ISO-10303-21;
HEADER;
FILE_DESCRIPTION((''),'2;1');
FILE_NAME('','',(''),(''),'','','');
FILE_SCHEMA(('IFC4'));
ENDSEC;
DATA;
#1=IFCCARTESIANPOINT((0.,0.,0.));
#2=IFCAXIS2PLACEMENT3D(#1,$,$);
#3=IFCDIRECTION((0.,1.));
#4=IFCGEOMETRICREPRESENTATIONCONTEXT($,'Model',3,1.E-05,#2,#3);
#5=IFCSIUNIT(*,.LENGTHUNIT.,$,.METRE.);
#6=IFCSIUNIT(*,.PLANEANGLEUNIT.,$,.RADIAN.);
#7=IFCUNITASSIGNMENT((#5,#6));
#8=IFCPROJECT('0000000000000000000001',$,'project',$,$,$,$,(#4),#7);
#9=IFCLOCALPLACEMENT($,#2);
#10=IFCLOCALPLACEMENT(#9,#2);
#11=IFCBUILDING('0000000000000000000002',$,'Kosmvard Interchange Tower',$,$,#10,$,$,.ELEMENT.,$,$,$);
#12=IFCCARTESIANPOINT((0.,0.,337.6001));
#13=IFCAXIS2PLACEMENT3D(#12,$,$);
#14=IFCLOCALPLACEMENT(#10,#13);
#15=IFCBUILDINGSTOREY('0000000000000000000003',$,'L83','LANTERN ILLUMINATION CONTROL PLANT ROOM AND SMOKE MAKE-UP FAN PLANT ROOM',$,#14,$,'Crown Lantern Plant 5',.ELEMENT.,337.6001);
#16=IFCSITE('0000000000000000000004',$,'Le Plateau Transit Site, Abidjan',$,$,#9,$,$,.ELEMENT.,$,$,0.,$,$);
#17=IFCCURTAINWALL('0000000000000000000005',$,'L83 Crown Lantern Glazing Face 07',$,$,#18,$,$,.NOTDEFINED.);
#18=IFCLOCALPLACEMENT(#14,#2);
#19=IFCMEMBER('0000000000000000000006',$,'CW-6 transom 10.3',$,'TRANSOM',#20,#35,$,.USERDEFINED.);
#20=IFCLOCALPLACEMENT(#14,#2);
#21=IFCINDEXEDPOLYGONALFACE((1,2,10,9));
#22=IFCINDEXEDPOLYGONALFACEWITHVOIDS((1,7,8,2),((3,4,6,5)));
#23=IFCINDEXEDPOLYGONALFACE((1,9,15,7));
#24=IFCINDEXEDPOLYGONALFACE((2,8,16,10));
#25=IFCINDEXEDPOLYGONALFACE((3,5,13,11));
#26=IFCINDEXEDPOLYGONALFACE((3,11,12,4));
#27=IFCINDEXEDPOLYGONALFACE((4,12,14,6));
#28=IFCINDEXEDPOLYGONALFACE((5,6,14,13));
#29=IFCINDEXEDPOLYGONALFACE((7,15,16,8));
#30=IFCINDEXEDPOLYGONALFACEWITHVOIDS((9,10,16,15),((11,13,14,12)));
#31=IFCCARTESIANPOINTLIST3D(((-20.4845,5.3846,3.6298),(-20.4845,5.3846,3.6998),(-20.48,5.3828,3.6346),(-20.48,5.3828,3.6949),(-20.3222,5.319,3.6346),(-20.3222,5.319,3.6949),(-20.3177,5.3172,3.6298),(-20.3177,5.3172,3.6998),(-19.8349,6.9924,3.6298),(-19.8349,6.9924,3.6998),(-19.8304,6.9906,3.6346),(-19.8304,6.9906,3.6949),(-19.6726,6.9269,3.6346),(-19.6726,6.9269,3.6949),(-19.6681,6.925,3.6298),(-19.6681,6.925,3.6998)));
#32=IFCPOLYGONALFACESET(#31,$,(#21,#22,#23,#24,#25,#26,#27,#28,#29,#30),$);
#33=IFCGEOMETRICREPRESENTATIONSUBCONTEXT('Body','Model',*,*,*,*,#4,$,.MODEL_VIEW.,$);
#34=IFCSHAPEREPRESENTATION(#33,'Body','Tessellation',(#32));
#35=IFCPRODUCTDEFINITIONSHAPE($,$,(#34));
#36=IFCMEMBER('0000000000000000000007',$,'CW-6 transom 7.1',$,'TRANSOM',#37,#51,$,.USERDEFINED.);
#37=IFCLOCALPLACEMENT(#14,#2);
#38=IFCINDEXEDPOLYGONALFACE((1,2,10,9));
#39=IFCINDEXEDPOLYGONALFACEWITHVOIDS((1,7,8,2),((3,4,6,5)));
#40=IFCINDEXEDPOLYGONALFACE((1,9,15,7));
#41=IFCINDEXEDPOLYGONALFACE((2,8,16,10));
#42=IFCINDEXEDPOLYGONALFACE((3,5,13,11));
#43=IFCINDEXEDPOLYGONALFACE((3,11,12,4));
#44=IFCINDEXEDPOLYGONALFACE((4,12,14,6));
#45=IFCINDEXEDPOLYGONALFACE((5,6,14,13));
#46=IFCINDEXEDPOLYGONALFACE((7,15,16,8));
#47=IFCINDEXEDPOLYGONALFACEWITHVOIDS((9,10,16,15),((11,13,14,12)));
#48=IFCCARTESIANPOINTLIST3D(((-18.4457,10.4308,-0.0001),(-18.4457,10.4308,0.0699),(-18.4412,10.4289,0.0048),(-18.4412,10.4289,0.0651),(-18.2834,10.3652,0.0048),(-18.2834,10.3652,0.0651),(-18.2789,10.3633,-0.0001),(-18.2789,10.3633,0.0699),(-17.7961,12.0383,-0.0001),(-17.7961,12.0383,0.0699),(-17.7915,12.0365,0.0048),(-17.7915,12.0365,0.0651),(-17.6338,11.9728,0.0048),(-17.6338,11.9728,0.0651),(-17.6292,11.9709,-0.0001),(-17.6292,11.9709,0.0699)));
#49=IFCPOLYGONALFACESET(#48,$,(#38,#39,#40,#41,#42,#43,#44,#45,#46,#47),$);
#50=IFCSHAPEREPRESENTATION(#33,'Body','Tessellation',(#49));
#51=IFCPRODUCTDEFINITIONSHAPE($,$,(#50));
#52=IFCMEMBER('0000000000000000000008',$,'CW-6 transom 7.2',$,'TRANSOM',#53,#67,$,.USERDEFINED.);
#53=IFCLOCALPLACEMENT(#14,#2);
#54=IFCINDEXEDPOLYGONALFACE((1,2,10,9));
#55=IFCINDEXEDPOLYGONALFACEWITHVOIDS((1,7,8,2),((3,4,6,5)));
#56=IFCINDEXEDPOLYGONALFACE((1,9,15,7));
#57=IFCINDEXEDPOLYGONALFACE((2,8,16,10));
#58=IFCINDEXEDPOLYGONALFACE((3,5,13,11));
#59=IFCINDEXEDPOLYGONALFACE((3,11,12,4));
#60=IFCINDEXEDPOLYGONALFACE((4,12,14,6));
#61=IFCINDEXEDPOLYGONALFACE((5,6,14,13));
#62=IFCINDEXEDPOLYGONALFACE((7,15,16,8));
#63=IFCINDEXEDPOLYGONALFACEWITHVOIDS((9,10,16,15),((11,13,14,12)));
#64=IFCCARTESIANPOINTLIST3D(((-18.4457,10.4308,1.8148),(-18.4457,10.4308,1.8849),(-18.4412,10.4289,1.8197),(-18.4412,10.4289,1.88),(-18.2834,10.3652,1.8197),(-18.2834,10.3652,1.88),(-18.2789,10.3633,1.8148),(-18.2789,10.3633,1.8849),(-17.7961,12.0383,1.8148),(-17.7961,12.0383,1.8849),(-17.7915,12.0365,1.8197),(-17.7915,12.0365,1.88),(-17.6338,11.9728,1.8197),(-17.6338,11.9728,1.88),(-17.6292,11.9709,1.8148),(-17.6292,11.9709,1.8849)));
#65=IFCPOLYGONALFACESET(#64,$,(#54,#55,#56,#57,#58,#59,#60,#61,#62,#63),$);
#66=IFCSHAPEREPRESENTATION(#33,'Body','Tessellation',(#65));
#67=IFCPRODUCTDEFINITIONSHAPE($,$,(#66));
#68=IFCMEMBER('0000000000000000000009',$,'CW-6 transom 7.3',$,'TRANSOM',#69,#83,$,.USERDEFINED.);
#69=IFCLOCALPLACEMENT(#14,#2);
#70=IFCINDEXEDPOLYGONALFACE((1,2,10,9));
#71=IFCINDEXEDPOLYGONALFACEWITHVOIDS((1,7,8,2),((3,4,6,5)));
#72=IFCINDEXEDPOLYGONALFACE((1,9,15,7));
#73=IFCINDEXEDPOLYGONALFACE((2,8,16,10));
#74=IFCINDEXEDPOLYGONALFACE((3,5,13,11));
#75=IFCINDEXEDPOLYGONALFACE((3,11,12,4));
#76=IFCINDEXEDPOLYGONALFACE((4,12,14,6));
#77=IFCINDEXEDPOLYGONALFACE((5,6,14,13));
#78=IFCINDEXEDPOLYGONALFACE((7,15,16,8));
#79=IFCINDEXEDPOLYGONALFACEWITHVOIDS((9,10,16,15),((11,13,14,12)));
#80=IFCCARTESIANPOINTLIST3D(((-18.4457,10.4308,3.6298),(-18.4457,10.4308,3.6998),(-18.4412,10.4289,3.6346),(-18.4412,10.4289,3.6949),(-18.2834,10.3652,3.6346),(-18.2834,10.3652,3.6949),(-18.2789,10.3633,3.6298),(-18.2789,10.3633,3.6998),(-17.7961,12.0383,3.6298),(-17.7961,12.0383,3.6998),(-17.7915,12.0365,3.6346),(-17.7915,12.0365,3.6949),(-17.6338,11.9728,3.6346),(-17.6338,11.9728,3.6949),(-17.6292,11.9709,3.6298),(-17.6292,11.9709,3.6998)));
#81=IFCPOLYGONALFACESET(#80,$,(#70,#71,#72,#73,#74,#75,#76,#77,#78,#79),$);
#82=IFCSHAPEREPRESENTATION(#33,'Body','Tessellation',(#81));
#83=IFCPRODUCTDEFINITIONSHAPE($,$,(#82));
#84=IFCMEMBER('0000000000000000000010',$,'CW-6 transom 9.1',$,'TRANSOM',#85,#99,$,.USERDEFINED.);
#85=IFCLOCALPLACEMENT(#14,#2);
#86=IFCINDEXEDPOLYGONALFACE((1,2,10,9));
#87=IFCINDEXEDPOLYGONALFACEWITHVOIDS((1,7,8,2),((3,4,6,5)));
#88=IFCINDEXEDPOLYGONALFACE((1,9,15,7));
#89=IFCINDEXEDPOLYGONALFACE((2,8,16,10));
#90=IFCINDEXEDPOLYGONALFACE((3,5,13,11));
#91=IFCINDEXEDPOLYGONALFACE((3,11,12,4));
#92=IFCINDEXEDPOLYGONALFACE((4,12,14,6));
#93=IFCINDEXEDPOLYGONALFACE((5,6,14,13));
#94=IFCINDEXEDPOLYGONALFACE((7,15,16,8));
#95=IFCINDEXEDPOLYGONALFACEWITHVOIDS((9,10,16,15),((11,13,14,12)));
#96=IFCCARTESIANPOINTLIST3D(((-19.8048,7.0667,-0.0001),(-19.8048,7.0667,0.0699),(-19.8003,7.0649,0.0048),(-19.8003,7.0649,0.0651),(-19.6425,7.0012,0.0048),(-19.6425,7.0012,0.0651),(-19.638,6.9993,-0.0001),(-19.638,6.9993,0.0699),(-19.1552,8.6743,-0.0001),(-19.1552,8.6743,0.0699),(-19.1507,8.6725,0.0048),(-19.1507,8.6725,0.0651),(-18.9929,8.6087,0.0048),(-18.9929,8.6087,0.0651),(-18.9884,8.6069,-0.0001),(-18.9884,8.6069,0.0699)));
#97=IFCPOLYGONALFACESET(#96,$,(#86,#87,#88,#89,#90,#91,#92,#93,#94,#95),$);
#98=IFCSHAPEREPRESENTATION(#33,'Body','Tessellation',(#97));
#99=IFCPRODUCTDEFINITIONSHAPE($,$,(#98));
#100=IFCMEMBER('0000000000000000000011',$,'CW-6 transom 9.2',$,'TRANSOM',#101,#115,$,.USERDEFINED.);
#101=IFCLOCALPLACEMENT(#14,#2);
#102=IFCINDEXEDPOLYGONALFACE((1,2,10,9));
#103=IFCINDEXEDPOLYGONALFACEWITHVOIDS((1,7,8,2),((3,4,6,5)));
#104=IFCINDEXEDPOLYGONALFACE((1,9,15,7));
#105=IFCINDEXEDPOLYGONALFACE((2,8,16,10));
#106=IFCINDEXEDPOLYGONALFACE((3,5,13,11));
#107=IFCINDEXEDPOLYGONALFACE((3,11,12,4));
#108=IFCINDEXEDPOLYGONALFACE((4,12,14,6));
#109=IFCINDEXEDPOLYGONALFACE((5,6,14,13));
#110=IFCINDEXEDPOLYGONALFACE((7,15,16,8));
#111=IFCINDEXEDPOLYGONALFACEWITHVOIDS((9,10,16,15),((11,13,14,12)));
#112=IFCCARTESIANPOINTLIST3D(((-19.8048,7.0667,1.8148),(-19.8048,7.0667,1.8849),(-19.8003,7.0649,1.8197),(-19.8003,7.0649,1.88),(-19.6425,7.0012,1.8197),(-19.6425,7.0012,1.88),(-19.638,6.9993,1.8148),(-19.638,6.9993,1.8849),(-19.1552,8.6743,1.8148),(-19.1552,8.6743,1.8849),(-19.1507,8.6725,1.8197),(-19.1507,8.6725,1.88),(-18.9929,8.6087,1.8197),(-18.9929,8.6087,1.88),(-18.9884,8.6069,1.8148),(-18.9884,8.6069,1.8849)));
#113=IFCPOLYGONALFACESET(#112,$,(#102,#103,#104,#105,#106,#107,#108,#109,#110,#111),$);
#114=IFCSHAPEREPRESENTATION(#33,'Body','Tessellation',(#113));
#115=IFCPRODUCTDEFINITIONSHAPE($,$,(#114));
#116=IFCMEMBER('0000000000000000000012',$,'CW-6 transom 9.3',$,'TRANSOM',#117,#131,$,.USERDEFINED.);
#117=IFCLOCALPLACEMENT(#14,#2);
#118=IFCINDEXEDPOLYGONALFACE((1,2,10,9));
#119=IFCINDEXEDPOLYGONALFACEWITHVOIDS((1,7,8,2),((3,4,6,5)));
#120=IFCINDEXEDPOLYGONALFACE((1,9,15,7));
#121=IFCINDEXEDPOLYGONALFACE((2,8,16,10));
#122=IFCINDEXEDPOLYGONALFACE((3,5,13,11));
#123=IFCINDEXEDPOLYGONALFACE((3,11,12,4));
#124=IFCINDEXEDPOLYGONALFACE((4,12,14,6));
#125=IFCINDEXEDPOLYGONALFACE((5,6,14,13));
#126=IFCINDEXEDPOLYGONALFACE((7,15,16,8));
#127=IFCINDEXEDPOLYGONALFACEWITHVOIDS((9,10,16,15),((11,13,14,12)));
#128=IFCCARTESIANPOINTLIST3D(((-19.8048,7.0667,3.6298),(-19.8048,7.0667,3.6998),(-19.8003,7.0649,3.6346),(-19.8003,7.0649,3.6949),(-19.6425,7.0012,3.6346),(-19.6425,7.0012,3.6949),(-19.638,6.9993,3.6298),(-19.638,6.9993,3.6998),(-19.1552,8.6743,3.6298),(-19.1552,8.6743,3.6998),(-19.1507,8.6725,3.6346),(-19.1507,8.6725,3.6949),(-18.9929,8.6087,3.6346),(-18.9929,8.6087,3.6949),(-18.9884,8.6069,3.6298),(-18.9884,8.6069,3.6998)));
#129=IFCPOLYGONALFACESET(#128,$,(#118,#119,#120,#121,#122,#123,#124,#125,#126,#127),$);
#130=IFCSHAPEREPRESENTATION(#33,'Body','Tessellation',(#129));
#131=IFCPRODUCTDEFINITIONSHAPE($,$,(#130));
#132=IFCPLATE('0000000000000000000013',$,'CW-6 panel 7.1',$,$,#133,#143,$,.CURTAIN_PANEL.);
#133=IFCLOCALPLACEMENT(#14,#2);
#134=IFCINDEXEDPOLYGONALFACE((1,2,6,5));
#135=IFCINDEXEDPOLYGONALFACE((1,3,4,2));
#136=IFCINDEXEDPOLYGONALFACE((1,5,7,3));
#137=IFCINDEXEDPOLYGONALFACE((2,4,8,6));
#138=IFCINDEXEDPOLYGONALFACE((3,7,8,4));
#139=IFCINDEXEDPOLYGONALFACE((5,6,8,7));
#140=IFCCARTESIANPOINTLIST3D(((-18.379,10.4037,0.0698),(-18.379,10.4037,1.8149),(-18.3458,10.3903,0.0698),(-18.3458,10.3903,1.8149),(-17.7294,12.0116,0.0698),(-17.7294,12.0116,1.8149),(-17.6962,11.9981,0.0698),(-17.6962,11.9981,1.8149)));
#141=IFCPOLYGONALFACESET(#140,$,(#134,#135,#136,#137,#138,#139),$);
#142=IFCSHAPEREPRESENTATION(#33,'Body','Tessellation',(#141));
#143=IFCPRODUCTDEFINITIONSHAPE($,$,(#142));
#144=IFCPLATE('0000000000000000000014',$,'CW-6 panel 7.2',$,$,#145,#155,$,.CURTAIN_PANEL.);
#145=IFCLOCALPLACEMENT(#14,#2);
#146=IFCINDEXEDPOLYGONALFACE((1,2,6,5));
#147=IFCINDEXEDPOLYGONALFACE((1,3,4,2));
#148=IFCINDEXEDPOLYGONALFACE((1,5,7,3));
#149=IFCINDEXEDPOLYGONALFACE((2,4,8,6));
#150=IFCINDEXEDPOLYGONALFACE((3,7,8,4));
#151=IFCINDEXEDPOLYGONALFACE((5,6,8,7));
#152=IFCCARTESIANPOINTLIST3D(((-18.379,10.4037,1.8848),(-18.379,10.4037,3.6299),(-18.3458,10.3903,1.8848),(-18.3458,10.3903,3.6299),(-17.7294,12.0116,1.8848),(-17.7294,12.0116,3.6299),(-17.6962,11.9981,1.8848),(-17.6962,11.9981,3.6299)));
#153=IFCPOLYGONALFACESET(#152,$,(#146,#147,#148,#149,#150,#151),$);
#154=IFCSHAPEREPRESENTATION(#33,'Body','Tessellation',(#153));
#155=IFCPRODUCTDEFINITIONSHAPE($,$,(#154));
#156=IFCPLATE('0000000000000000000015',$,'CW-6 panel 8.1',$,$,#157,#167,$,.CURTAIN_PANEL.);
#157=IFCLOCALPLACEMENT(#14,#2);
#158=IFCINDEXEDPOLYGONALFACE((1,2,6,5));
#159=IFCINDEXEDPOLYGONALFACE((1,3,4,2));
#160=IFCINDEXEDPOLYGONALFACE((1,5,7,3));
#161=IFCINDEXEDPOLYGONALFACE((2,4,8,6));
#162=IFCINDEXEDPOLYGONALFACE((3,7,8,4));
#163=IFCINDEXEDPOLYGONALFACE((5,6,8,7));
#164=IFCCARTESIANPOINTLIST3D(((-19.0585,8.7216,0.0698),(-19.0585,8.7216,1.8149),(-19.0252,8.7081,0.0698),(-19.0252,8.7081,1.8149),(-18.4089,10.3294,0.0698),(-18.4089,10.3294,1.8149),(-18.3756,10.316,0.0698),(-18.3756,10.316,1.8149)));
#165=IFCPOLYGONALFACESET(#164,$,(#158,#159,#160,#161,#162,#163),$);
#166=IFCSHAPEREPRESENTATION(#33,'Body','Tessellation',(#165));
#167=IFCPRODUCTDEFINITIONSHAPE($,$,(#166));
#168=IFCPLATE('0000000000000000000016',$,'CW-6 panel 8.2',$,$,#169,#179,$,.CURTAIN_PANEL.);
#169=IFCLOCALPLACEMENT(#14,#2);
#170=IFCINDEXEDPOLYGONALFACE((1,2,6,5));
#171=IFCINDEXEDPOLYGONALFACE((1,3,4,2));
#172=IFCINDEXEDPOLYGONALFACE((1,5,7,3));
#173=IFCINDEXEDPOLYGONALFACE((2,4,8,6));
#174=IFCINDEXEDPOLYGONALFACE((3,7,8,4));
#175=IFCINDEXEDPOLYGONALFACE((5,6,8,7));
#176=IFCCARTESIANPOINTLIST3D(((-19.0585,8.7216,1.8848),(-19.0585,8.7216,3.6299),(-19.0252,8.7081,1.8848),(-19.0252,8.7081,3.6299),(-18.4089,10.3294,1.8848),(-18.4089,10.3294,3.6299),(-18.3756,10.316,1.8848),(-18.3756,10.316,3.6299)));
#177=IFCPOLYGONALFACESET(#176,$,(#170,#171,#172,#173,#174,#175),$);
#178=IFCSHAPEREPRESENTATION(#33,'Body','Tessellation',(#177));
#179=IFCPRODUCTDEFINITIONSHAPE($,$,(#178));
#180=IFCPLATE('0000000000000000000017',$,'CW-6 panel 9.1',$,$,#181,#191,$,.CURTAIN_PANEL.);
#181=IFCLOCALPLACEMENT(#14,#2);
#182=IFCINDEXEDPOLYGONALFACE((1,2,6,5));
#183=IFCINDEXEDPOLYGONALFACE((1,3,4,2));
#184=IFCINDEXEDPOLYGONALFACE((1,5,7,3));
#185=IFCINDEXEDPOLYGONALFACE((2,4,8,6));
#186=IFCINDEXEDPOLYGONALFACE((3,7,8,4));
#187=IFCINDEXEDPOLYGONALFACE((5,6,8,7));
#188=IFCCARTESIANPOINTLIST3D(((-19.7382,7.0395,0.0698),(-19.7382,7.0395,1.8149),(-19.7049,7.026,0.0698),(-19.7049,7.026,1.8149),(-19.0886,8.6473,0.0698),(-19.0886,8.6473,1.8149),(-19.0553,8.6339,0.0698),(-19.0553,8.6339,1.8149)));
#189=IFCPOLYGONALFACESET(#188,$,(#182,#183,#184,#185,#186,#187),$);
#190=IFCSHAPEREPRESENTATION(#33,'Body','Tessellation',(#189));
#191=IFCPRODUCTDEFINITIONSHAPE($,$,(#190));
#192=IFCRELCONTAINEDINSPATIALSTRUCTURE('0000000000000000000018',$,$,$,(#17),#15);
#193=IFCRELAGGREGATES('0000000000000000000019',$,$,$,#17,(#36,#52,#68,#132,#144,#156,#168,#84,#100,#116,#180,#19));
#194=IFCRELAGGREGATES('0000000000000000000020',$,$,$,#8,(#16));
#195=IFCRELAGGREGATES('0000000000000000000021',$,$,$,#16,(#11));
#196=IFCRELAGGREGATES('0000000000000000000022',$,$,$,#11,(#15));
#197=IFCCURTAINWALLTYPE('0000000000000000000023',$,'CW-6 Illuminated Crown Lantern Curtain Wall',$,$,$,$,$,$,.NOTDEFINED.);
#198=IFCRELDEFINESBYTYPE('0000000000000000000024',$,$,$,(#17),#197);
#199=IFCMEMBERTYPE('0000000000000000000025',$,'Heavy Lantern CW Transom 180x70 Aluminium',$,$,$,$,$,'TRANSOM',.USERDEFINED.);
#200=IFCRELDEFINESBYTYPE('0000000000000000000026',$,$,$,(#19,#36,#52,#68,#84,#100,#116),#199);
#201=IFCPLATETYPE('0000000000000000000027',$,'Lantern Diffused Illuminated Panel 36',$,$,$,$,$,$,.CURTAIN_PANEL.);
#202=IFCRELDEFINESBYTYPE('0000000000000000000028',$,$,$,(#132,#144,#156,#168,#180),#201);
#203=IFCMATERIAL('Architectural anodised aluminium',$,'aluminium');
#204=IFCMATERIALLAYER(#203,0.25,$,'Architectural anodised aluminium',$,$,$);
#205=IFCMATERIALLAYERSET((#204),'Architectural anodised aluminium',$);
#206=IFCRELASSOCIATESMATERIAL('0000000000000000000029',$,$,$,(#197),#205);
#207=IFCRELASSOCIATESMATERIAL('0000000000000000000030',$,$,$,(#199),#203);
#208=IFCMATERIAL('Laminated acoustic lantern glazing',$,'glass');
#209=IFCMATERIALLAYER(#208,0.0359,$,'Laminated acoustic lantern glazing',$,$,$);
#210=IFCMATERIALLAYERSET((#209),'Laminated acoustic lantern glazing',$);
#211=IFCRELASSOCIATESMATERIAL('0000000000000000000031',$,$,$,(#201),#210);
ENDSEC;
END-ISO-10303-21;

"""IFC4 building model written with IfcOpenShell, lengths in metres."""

from ifc_helpers import new_model, si_unit, direction, frame, origin, origin_2d, place, context, subcontext, project, spatial, rectangle, hollow_rectangle, extrude, source, transform, mapped, material, layer, layer_set, material_profile, profile_set, type_object, element, aggregate, save


model = new_model("IFC4")

# Units and contexts
model_context = context("Model", 3, precision=1e-05, world=origin(), true_north=direction((0.0, 1.0)))
body_context = subcontext(model_context, "Body", "Model", "MODEL_VIEW")
ifc_project = project(units=[si_unit("LENGTHUNIT", "METRE"), si_unit("PLANEANGLEUNIT", "RADIAN")], contexts=[model_context])

# Site, building, storey
site_placement = place(None, origin())
site = spatial("IfcSite", under=ifc_project, at=site_placement, Name="Le Plateau Transit Site, Abidjan", CompositionType="ELEMENT", RefElevation=0.0)
building_placement = place(site_placement, origin())
building = spatial("IfcBuilding", under=site, at=building_placement, Name="Kosmvard Interchange Tower", CompositionType="ELEMENT")
storey_placement = place(building_placement, frame((0.0, 0.0, 337.6001)))
storey = spatial("IfcBuildingStorey", under=building, at=storey_placement, Name="L83", Description="LANTERN ILLUMINATION CONTROL PLANT ROOM AND SMOKE MAKE-UP FAN PLANT ROOM", LongName="Crown Lantern Plant 5", CompositionType="ELEMENT", Elevation=337.6001)

# Curtain wall, members, plates
ifc_material_1 = material(Name="Architectural anodised aluminium", Category="aluminium")
ifc_layer_1 = layer(ifc_material_1, 0.25, Name="Architectural anodised aluminium")
ifc_layer_set_1 = layer_set([ifc_layer_1], Name="Architectural anodised aluminium")
curtain_wall_type = type_object("IfcCurtainWallType", Name="CW-6 Illuminated Crown Lantern Curtain Wall", PredefinedType="NOTDEFINED", material=ifc_layer_set_1)
curtain_wall_placement = place(storey_placement, origin())
curtain_wall = element("IfcCurtainWall", 1, at=curtain_wall_placement, inside=storey, type_object=curtain_wall_type, Name="L83 Crown Lantern Glazing Face 07", PredefinedType="NOTDEFINED")
ifc_material_profile_1 = material_profile(ifc_material_1, hollow_rectangle(XDim=0.1799, YDim=0.0701, WallThickness=0.0049, at=origin_2d()), Name="CWT 180x70x5")
ifc_profile_set_1 = profile_set([ifc_material_profile_1], Name="Architectural anodised aluminium")
member_type_1 = type_object("IfcMemberType", Name="Heavy Lantern CW Transom 180x70 Aluminium", ElementType="TRANSOM", PredefinedType="USERDEFINED", material=ifc_profile_set_1)
shared_shape_1 = source(origin(), body_context, "Body", "SweptSolid", [
    extrude(hollow_rectangle(XDim=0.1799, YDim=0.0701, WallThickness=0.0049, at=origin_2d()), origin(), (0.0, 0.0, 1.0), 1.7341),
])
member_1_placement = place(storey_placement, frame((-19.7515, 6.9587, 3.6648), z_axis=(-0.374617, -0.92718, 0.0), x_axis=(0.92718, -0.374617, 0.0)))
member_1 = element("IfcMember", 2, at=member_1_placement, type_object=member_type_1, Name="CW-6 transom 10.3", ObjectType="TRANSOM", PredefinedType="USERDEFINED", context=body_context, shape_type="MappedRepresentation", body=[
    mapped(shared_shape_1, transform((0.0, 0.0, 0.0), scale=1.0)),
])
shared_shape_2 = source(origin(), body_context, "Body", "SweptSolid", [
    extrude(hollow_rectangle(XDim=0.1799, YDim=0.0701, WallThickness=0.0049, at=origin_2d()), origin(), (0.0, 0.0, 1.0), 1.7339),
])
member_2_placement = place(storey_placement, frame((-17.7126, 12.0046, 0.0349), z_axis=(-0.374666, -0.92716, 0.0), x_axis=(0.92716, -0.374666, 0.0)))
member_2 = element("IfcMember", 3, at=member_2_placement, type_object=member_type_1, Name="CW-6 transom 7.1", ObjectType="TRANSOM", PredefinedType="USERDEFINED", context=body_context, shape_type="MappedRepresentation", body=[
    mapped(shared_shape_2, transform((0.0, 0.0, 0.0), scale=1.0)),
])
member_3_placement = place(storey_placement, frame((-17.7126, 12.0046, 1.8499), z_axis=(-0.374666, -0.92716, 0.0), x_axis=(0.92716, -0.374666, 0.0)))
member_3 = element("IfcMember", 4, at=member_3_placement, type_object=member_type_1, Name="CW-6 transom 7.2", ObjectType="TRANSOM", PredefinedType="USERDEFINED", context=body_context, shape_type="MappedRepresentation", body=[
    mapped(shared_shape_2, transform((0.0, 0.0, 0.0), scale=1.0)),
])
member_4_placement = place(storey_placement, frame((-17.7126, 12.0046, 3.6648), z_axis=(-0.374666, -0.92716, 0.0), x_axis=(0.92716, -0.374666, 0.0)))
member_4 = element("IfcMember", 5, at=member_4_placement, type_object=member_type_1, Name="CW-6 transom 7.3", ObjectType="TRANSOM", PredefinedType="USERDEFINED", context=body_context, shape_type="MappedRepresentation", body=[
    mapped(shared_shape_2, transform((0.0, 0.0, 0.0), scale=1.0)),
])
member_5_placement = place(storey_placement, frame((-19.0718, 8.6406, 0.0349), z_axis=(-0.374666, -0.92716, 0.0), x_axis=(0.92716, -0.374666, 0.0)))
member_5 = element("IfcMember", 6, at=member_5_placement, type_object=member_type_1, Name="CW-6 transom 9.1", ObjectType="TRANSOM", PredefinedType="USERDEFINED", context=body_context, shape_type="MappedRepresentation", body=[
    mapped(shared_shape_2, transform((0.0, 0.0, 0.0), scale=1.0)),
])
member_6_placement = place(storey_placement, frame((-19.0718, 8.6406, 1.8499), z_axis=(-0.374666, -0.92716, 0.0), x_axis=(0.92716, -0.374666, 0.0)))
member_6 = element("IfcMember", 7, at=member_6_placement, type_object=member_type_1, Name="CW-6 transom 9.2", ObjectType="TRANSOM", PredefinedType="USERDEFINED", context=body_context, shape_type="MappedRepresentation", body=[
    mapped(shared_shape_2, transform((0.0, 0.0, 0.0), scale=1.0)),
])
member_7_placement = place(storey_placement, frame((-19.0718, 8.6406, 3.6648), z_axis=(-0.374666, -0.92716, 0.0), x_axis=(0.92716, -0.374666, 0.0)))
member_7 = element("IfcMember", 8, at=member_7_placement, type_object=member_type_1, Name="CW-6 transom 9.3", ObjectType="TRANSOM", PredefinedType="USERDEFINED", context=body_context, shape_type="MappedRepresentation", body=[
    mapped(shared_shape_2, transform((0.0, 0.0, 0.0), scale=1.0)),
])
ifc_material_2 = material(Name="Laminated acoustic lantern glazing", Category="glass")
ifc_layer_2 = layer(ifc_material_2, 0.0359, Name="Laminated acoustic lantern glazing")
ifc_layer_set_2 = layer_set([ifc_layer_2], Name="Laminated acoustic lantern glazing")
plate_type = type_object("IfcPlateType", Name="Lantern Diffused Illuminated Panel 36", PredefinedType="CURTAIN_PANEL", material=ifc_layer_set_2)
shared_shape_3 = source(origin(), body_context, "Body", "SweptSolid", [
    extrude(rectangle(XDim=1.7341, YDim=0.0359, at=origin_2d()), origin(), (0.0, 0.0, 1.0), 1.7451),
])
plate_1_placement = place(storey_placement, frame((-18.0376, 11.2009, 0.0698), z_axis=(0.0, 0.0, 1.0), x_axis=(-0.374607, -0.927184, 0.0)))
plate_1 = element("IfcPlate", 9, at=plate_1_placement, type_object=plate_type, Name="CW-6 panel 7.1", PredefinedType="CURTAIN_PANEL", context=body_context, shape_type="MappedRepresentation", body=[
    mapped(shared_shape_3, transform((0.0, 0.0, 0.0), scale=1.0)),
])
plate_2_placement = place(storey_placement, frame((-18.0376, 11.2009, 1.8848), z_axis=(0.0, 0.0, 1.0), x_axis=(-0.374607, -0.927184, 0.0)))
plate_2 = element("IfcPlate", 10, at=plate_2_placement, type_object=plate_type, Name="CW-6 panel 7.2", PredefinedType="CURTAIN_PANEL", context=body_context, shape_type="MappedRepresentation", body=[
    mapped(shared_shape_3, transform((0.0, 0.0, 0.0), scale=1.0)),
])
plate_3_placement = place(storey_placement, frame((-18.717, 9.5188, 0.0698), z_axis=(0.0, 0.0, 1.0), x_axis=(-0.374607, -0.927184, 0.0)))
plate_3 = element("IfcPlate", 11, at=plate_3_placement, type_object=plate_type, Name="CW-6 panel 8.1", PredefinedType="CURTAIN_PANEL", context=body_context, shape_type="MappedRepresentation", body=[
    mapped(shared_shape_3, transform((0.0, 0.0, 0.0), scale=1.0)),
])
plate_4_placement = place(storey_placement, frame((-18.717, 9.5188, 1.8848), z_axis=(0.0, 0.0, 1.0), x_axis=(-0.374607, -0.927184, 0.0)))
plate_4 = element("IfcPlate", 12, at=plate_4_placement, type_object=plate_type, Name="CW-6 panel 8.2", PredefinedType="CURTAIN_PANEL", context=body_context, shape_type="MappedRepresentation", body=[
    mapped(shared_shape_3, transform((0.0, 0.0, 0.0), scale=1.0)),
])
plate_5_placement = place(storey_placement, frame((-19.3967, 7.8367, 0.0698), z_axis=(0.0, 0.0, 1.0), x_axis=(-0.374607, -0.927184, 0.0)))
plate_5 = element("IfcPlate", 13, at=plate_5_placement, type_object=plate_type, Name="CW-6 panel 9.1", PredefinedType="CURTAIN_PANEL", context=body_context, shape_type="MappedRepresentation", body=[
    mapped(shared_shape_3, transform((0.0, 0.0, 0.0), scale=1.0)),
])
aggregate(curtain_wall, [member_2, member_3, member_4, plate_1, plate_2, plate_3, plate_4, member_5, member_6, member_7, plate_5, member_1])

save(model, "model.ifc")
